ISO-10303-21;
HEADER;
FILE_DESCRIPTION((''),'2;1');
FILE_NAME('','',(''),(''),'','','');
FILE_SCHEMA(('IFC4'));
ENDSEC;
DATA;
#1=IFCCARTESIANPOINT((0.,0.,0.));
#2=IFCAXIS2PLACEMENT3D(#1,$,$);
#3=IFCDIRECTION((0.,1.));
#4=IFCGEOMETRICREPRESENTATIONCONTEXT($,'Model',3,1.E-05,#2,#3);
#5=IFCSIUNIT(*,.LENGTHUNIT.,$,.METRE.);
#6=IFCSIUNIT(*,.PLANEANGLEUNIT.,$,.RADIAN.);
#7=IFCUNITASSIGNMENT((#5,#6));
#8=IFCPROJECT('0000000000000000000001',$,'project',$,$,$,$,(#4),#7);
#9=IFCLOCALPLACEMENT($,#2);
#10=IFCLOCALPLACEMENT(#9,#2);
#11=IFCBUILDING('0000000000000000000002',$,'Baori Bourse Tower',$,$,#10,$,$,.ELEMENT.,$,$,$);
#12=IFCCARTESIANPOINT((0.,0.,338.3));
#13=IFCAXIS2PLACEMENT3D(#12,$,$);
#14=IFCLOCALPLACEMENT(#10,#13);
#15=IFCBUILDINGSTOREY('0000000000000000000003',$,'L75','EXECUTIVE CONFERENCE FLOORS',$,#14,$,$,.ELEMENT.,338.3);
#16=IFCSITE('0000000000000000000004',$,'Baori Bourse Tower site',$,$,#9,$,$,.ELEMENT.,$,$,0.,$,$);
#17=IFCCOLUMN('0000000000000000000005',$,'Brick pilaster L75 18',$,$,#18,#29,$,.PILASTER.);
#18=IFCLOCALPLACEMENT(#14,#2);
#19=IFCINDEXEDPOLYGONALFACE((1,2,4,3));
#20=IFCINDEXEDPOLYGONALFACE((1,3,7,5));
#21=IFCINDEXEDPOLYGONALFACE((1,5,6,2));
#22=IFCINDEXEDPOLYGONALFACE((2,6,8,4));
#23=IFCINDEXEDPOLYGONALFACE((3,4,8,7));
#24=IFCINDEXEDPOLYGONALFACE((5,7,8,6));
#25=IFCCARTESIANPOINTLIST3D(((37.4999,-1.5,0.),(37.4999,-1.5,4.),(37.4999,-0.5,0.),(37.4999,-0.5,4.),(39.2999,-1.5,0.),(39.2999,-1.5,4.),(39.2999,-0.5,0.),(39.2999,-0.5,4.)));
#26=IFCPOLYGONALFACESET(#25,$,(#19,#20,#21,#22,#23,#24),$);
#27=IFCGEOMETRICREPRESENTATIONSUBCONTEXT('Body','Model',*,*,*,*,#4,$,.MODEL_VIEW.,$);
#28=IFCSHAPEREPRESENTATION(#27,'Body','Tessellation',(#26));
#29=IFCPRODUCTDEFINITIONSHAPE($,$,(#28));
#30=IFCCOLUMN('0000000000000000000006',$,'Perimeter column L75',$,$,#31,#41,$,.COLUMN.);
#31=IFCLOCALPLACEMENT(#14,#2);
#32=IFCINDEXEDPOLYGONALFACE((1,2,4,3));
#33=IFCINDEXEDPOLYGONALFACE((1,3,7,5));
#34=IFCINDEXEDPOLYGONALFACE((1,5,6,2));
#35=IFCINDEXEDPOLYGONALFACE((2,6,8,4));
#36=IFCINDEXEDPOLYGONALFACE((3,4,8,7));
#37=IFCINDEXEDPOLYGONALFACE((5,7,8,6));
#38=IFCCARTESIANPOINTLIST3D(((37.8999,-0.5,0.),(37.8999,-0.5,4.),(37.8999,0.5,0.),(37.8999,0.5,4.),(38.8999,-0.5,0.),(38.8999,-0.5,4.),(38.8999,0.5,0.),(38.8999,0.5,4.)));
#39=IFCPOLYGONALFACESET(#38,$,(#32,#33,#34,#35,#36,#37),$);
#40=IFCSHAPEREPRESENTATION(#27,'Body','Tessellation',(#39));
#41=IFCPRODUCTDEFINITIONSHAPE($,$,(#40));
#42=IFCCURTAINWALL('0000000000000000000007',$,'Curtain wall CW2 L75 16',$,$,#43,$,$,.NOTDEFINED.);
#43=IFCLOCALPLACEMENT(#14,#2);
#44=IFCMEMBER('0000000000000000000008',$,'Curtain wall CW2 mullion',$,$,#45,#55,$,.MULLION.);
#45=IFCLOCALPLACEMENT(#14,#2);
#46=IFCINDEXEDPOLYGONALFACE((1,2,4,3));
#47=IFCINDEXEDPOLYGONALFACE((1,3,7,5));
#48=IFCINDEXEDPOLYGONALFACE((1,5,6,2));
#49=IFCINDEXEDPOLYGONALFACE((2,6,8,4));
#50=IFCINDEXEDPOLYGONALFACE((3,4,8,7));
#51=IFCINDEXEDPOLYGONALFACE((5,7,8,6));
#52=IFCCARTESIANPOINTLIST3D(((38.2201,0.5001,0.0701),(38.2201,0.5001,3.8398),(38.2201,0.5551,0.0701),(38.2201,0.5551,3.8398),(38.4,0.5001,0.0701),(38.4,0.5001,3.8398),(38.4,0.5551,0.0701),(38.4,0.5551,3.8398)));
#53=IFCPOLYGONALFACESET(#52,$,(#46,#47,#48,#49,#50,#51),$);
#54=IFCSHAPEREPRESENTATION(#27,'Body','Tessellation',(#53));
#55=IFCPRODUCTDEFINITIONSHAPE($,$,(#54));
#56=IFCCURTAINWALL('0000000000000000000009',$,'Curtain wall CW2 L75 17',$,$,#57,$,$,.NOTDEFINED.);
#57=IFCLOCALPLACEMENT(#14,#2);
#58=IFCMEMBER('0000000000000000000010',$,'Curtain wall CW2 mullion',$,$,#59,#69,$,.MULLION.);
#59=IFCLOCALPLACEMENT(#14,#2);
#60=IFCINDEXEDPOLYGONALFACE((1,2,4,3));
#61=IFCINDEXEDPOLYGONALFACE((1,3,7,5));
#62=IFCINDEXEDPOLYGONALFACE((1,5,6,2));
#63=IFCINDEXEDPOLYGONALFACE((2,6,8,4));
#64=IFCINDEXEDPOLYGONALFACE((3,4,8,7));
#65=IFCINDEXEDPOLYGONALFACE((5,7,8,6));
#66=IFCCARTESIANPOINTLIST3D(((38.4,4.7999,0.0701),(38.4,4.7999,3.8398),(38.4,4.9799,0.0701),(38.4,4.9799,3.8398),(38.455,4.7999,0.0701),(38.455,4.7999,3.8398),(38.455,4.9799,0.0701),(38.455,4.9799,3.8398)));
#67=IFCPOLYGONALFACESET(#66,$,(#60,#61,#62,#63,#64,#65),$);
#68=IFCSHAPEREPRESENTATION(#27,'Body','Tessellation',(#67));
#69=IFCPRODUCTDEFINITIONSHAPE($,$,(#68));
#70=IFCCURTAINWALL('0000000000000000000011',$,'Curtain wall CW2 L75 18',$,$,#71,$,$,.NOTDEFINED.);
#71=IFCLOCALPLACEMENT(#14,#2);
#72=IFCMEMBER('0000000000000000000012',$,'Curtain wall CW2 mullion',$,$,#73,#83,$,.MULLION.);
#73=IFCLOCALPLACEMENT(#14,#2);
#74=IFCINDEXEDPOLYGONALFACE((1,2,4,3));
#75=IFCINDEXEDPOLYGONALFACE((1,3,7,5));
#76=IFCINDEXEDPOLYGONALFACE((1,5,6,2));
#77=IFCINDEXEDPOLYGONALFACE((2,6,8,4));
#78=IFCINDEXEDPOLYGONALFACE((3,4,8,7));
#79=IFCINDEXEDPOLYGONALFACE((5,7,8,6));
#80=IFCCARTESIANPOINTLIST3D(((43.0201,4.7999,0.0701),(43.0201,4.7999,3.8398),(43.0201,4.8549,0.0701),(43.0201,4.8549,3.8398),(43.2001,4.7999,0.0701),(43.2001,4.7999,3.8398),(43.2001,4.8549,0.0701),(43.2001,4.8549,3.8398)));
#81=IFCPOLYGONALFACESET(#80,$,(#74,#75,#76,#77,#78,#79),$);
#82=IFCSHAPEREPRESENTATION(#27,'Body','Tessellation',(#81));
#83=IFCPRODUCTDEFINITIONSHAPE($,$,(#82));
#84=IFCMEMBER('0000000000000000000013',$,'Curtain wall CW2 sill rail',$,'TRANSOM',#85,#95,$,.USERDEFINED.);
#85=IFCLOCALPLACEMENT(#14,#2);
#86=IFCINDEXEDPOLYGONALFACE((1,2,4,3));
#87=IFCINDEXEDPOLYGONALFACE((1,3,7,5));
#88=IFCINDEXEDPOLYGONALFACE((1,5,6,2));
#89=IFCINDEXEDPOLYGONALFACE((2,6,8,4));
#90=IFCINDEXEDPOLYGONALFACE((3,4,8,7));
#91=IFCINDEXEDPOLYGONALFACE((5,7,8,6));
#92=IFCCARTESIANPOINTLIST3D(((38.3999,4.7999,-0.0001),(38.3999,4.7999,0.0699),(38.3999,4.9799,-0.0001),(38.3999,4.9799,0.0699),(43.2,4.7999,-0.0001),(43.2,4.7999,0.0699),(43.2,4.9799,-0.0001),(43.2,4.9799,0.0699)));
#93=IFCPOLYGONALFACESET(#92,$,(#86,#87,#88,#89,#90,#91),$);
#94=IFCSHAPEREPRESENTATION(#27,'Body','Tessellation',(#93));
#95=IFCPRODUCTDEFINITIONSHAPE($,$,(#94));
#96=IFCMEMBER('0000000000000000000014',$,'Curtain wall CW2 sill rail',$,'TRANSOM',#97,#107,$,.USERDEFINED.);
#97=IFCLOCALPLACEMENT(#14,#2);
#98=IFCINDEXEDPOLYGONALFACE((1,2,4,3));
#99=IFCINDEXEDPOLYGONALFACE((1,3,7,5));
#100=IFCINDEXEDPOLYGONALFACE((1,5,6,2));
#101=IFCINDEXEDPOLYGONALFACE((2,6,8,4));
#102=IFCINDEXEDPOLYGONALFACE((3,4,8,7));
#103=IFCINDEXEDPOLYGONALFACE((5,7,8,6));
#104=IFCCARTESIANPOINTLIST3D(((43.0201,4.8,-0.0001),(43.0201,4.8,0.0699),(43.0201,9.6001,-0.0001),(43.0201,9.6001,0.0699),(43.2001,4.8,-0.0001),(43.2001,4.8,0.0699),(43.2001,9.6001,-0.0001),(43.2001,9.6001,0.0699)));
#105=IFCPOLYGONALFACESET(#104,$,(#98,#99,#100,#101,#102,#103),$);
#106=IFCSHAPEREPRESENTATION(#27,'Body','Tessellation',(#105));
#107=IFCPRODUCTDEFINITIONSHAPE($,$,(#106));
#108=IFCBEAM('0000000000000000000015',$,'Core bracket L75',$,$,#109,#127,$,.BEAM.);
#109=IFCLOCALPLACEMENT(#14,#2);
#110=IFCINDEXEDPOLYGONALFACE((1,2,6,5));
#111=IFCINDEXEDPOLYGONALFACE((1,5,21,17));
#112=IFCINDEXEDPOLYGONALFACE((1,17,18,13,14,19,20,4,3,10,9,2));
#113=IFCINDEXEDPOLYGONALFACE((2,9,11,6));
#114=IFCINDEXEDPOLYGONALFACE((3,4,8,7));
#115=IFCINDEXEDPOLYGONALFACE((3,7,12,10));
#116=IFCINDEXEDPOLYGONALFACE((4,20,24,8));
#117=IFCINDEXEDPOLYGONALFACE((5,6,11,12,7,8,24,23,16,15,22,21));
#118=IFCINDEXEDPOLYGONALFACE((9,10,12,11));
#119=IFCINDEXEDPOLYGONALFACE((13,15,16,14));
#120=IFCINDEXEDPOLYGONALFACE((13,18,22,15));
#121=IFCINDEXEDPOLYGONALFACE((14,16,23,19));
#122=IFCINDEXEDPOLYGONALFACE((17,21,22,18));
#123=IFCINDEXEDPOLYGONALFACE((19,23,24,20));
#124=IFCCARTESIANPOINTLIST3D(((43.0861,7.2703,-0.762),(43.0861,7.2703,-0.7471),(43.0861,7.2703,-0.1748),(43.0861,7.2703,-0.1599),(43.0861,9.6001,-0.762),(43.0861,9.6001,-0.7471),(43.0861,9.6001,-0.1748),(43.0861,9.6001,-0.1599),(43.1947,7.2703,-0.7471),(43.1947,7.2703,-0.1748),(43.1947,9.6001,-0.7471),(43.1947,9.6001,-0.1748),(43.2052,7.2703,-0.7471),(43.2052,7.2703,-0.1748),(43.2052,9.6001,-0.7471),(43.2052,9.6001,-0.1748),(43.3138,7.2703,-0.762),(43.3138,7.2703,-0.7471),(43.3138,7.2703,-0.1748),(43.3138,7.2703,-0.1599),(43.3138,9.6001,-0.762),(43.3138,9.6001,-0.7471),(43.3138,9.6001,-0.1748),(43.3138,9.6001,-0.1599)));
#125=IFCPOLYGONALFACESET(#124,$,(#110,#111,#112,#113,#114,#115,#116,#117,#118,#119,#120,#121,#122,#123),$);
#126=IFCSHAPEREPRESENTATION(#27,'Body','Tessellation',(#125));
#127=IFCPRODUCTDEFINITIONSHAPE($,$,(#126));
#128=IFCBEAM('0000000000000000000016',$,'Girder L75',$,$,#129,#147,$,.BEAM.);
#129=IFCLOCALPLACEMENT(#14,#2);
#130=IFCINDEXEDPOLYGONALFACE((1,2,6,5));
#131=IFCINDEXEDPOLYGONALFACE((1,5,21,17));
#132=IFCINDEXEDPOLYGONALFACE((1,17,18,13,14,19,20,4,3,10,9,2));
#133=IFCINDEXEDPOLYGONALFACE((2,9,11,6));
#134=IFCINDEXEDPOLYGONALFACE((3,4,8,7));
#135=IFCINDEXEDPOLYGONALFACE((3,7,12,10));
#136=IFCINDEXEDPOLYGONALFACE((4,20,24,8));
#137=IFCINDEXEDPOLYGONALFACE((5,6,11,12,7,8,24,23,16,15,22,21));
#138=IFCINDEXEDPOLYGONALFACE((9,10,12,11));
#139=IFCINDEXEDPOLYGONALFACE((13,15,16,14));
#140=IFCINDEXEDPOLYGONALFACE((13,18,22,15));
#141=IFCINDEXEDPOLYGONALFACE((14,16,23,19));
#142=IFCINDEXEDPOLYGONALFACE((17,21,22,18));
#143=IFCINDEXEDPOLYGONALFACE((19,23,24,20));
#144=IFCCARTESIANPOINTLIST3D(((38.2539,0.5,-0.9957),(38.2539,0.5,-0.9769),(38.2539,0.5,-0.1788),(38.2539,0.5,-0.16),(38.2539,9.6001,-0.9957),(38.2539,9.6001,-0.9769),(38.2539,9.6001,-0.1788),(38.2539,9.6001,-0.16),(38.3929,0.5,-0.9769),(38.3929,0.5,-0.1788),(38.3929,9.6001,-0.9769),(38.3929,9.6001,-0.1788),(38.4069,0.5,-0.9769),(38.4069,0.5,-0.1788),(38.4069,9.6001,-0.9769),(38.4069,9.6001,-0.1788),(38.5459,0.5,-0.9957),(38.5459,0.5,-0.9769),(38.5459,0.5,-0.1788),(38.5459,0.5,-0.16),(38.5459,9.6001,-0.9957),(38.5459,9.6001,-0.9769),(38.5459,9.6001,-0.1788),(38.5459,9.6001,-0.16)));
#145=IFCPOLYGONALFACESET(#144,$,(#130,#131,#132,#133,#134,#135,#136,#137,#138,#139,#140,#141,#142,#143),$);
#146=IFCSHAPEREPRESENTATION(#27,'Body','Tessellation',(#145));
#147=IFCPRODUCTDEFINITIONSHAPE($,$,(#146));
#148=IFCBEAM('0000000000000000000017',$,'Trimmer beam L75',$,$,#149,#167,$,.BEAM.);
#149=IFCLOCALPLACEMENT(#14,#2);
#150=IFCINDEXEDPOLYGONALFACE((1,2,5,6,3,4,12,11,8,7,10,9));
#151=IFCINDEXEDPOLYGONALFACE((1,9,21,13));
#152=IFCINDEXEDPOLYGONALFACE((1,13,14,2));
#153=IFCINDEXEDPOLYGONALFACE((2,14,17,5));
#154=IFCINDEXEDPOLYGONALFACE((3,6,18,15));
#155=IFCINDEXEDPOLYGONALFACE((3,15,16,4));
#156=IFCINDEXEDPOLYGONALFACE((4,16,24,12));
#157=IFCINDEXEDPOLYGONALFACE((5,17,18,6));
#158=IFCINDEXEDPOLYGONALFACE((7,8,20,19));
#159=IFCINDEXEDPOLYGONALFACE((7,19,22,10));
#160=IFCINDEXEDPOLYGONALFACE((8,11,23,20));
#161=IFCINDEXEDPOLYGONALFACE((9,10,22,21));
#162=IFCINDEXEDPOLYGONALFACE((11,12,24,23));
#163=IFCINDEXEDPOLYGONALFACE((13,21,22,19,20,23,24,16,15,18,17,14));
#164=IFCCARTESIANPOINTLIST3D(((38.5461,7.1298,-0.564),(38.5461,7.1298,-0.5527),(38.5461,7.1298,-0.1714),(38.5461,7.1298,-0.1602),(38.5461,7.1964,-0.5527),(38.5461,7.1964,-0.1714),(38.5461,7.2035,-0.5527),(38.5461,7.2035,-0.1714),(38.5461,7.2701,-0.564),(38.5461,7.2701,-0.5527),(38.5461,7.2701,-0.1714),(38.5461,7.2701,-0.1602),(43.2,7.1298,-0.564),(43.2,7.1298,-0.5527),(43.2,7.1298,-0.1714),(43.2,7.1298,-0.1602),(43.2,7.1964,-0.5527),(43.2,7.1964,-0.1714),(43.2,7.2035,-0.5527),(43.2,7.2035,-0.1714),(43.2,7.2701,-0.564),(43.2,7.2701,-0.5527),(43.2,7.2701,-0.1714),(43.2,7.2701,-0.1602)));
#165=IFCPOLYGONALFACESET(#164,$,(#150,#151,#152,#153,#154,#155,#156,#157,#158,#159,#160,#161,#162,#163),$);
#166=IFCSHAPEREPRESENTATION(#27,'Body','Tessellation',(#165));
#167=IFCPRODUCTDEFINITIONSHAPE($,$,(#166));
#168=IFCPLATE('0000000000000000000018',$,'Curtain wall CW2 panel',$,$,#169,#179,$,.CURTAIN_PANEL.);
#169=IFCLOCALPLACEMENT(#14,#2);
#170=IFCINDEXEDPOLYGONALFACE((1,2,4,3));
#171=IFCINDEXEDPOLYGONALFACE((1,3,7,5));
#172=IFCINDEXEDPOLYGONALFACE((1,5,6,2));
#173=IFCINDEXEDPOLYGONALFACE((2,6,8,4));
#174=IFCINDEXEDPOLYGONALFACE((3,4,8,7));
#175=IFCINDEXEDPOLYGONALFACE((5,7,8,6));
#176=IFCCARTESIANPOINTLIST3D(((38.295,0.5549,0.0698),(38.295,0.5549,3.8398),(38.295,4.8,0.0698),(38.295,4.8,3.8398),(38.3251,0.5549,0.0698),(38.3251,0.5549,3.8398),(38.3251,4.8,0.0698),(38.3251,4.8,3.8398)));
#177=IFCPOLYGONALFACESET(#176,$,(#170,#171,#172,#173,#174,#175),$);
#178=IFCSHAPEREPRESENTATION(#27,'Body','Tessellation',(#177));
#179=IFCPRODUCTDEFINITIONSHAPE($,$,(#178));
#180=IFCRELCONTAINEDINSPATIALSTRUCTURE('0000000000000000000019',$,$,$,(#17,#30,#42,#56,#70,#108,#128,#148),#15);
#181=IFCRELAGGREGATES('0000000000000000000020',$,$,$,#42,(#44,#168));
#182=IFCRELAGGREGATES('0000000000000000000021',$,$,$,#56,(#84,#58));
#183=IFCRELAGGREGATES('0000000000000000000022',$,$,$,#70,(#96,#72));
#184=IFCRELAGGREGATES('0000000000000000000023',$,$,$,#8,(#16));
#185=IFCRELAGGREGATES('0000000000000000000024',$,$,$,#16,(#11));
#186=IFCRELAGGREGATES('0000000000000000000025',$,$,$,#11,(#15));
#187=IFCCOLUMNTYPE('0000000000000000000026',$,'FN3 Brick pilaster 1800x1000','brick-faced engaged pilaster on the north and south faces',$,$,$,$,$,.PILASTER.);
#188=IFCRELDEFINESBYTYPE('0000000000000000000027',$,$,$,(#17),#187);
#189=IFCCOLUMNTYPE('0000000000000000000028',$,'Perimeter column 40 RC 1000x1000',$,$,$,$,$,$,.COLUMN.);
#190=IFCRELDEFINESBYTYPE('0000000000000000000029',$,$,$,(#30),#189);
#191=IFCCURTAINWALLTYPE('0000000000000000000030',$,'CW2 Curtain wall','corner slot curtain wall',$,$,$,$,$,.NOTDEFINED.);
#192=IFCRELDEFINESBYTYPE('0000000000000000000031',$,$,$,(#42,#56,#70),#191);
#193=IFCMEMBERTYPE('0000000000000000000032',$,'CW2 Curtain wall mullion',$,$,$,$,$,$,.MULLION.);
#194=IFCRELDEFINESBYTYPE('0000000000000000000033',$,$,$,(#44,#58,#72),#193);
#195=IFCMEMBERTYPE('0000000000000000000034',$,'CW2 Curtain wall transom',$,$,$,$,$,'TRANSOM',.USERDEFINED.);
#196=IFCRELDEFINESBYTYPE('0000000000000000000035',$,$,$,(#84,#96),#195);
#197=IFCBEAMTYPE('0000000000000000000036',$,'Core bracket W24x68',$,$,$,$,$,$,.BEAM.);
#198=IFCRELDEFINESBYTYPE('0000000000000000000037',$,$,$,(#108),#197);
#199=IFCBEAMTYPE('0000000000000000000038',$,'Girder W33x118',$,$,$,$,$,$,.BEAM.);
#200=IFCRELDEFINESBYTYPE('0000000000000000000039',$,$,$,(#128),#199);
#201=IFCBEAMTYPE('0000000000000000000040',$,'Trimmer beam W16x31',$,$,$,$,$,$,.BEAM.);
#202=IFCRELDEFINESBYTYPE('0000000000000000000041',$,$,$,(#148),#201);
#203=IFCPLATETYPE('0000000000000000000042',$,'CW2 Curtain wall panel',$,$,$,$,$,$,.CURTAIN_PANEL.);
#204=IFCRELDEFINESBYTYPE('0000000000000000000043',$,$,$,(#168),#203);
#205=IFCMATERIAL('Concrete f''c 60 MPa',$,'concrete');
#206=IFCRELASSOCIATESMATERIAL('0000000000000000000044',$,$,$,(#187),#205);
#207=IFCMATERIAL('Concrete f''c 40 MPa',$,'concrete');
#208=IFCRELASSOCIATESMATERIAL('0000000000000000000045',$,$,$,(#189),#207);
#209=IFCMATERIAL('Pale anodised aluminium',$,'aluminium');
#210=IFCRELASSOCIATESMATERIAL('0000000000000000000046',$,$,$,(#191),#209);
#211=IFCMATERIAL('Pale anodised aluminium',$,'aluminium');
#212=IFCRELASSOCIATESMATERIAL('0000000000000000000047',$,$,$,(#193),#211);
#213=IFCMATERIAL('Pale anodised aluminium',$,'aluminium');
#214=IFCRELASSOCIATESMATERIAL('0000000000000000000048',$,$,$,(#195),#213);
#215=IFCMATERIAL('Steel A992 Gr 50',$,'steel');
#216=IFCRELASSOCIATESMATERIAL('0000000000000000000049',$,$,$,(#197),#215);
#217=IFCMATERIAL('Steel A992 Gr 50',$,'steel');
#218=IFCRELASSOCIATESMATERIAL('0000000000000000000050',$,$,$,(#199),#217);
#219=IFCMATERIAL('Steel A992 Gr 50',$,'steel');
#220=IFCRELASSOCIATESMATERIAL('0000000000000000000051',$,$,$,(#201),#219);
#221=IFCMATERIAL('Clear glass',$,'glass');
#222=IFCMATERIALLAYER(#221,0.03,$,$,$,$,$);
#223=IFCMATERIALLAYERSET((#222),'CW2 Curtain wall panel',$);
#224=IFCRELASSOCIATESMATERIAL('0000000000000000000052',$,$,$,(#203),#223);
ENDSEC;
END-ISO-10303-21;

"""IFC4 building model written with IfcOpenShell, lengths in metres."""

from ifc_helpers import new_model, si_unit, direction, frame, origin, origin_2d, place, context, subcontext, project, spatial, rectangle, i_section, extrude, material, layer, layer_set, material_profile, profile_set, type_object, element, aggregate, save


model = new_model("IFC4")

# Units and contexts
model_context = context("Model", 3, precision=1e-05, world=origin(), true_north=direction((0.0, 1.0)))
body_context = subcontext(model_context, "Body", "Model", "MODEL_VIEW")
ifc_project = project(units=[si_unit("LENGTHUNIT", "METRE"), si_unit("PLANEANGLEUNIT", "RADIAN")], contexts=[model_context])

# Site, building, storey
site_placement = place(None, origin())
site = spatial("IfcSite", under=ifc_project, at=site_placement, Name="Baori Bourse Tower site", CompositionType="ELEMENT", RefElevation=0.0)
building_placement = place(site_placement, origin())
building = spatial("IfcBuilding", under=site, at=building_placement, Name="Baori Bourse Tower", CompositionType="ELEMENT")
storey_placement = place(building_placement, frame((0.0, 0.0, 338.3)))
storey = spatial("IfcBuildingStorey", under=building, at=storey_placement, Name="L75", Description="EXECUTIVE CONFERENCE FLOORS", CompositionType="ELEMENT", Elevation=338.3)

# Columns
ifc_material_1 = material(Name="Concrete f'c 60 MPa", Category="concrete")
ifc_material_profile_1 = material_profile(ifc_material_1, rectangle(XDim=1.8, YDim=1.0, at=origin_2d()), Name="RC 1800x1000")
ifc_profile_set_1 = profile_set([ifc_material_profile_1], Name="Concrete f'c 60 MPa")
column_type_1 = type_object("IfcColumnType", Name="FN3 Brick pilaster 1800x1000", Description="brick-faced engaged pilaster on the north and south faces", PredefinedType="PILASTER", material=ifc_profile_set_1)
column_1_placement = place(storey_placement, frame((38.3999, -1.0, 0.0), z_axis=(0.0, 0.0, 1.0), x_axis=(1.0, 0.0, 0.0)))
element("IfcColumn", 1, at=column_1_placement, inside=storey, type_object=column_type_1, Name="Brick pilaster L75 18", PredefinedType="PILASTER", context=body_context, shape_type="SweptSolid", body=[
    extrude(rectangle(XDim=1.8, YDim=1.0, at=origin_2d()), origin(), (0.0, 0.0, 1.0), 4.0),
])
ifc_material_2 = material(Name="Concrete f'c 40 MPa", Category="concrete")
ifc_material_profile_2 = material_profile(ifc_material_2, rectangle(XDim=1.0, YDim=1.0, at=origin_2d()), Name="RC 1000x1000")
ifc_profile_set_2 = profile_set([ifc_material_profile_2], Name="Concrete f'c 40 MPa")
column_type_2 = type_object("IfcColumnType", Name="Perimeter column 40 RC 1000x1000", PredefinedType="COLUMN", material=ifc_profile_set_2)
column_2_placement = place(storey_placement, frame((38.3999, 0.0, 0.0), z_axis=(0.0, 0.0, 1.0), x_axis=(1.0, 0.0, 0.0)))
element("IfcColumn", 2, at=column_2_placement, inside=storey, type_object=column_type_2, Name="Perimeter column L75", PredefinedType="COLUMN", context=body_context, shape_type="SweptSolid", body=[
    extrude(rectangle(XDim=1.0, YDim=1.0, at=origin_2d()), origin(), (0.0, 0.0, 1.0), 4.0),
])

# Curtain walls, members
ifc_material_3 = material(Name="Pale anodised aluminium", Category="aluminium")
curtain_wall_type = type_object("IfcCurtainWallType", Name="CW2 Curtain wall", Description="corner slot curtain wall", PredefinedType="NOTDEFINED", material=ifc_material_3)
curtain_wall_1_placement = place(storey_placement, origin())
curtain_wall_1 = element("IfcCurtainWall", 3, at=curtain_wall_1_placement, inside=storey, type_object=curtain_wall_type, Name="Curtain wall CW2 L75 16", PredefinedType="NOTDEFINED")
ifc_material_4 = material(Name="Pale anodised aluminium", Category="aluminium")
ifc_material_profile_3 = material_profile(ifc_material_4, rectangle(XDim=0.1799, YDim=0.0549, at=origin_2d()), Name="Mullion 55x180")
ifc_profile_set_3 = profile_set([ifc_material_profile_3], Name="Pale anodised aluminium")
member_type_1 = type_object("IfcMemberType", Name="CW2 Curtain wall mullion", PredefinedType="MULLION", material=ifc_profile_set_3)
member_1_placement = place(storey_placement, frame((38.3101, 0.5276, 0.0701), z_axis=(0.0, 0.0, 1.0), x_axis=(-1.0, 0.0, 0.0)))
member_1 = element("IfcMember", 4, at=member_1_placement, type_object=member_type_1, Name="Curtain wall CW2 mullion", PredefinedType="MULLION", context=body_context, shape_type="SweptSolid", body=[
    extrude(rectangle(XDim=0.1799, YDim=0.0549, at=origin_2d()), origin(), (0.0, 0.0, 1.0), 3.7698),
])
curtain_wall_2_placement = place(storey_placement, origin())
curtain_wall_2 = element("IfcCurtainWall", 5, at=curtain_wall_2_placement, inside=storey, type_object=curtain_wall_type, Name="Curtain wall CW2 L75 17", PredefinedType="NOTDEFINED")
member_2_placement = place(storey_placement, frame((38.4275, 4.8899, 0.0701), z_axis=(0.0, 0.0, 1.0), x_axis=(0.0, 1.0, 0.0)))
member_2 = element("IfcMember", 6, at=member_2_placement, type_object=member_type_1, Name="Curtain wall CW2 mullion", PredefinedType="MULLION", context=body_context, shape_type="SweptSolid", body=[
    extrude(rectangle(XDim=0.1799, YDim=0.0549, at=origin_2d()), origin(), (0.0, 0.0, 1.0), 3.7698),
])
curtain_wall_3_placement = place(storey_placement, origin())
curtain_wall_3 = element("IfcCurtainWall", 7, at=curtain_wall_3_placement, inside=storey, type_object=curtain_wall_type, Name="Curtain wall CW2 L75 18", PredefinedType="NOTDEFINED")
member_3_placement = place(storey_placement, frame((43.1101, 4.8274, 0.0701), z_axis=(0.0, 0.0, 1.0), x_axis=(-1.0, 0.0, 0.0)))
member_3 = element("IfcMember", 8, at=member_3_placement, type_object=member_type_1, Name="Curtain wall CW2 mullion", PredefinedType="MULLION", context=body_context, shape_type="SweptSolid", body=[
    extrude(rectangle(XDim=0.1799, YDim=0.0549, at=origin_2d()), origin(), (0.0, 0.0, 1.0), 3.7698),
])

# Members
ifc_material_5 = material(Name="Pale anodised aluminium", Category="aluminium")
ifc_material_profile_4 = material_profile(ifc_material_5, rectangle(XDim=0.1799, YDim=0.0701, at=origin_2d()), Name="Transom 70x180")
ifc_profile_set_4 = profile_set([ifc_material_profile_4], Name="Pale anodised aluminium")
member_type_2 = type_object("IfcMemberType", Name="CW2 Curtain wall transom", ElementType="TRANSOM", PredefinedType="USERDEFINED", material=ifc_profile_set_4)
member_4_placement = place(storey_placement, frame((38.3999, 4.8899, 0.0349), z_axis=(1.0, 0.0, 0.0), x_axis=(0.0, 1.0, 0.0)))
member_4 = element("IfcMember", 9, at=member_4_placement, type_object=member_type_2, Name="Curtain wall CW2 sill rail", ObjectType="TRANSOM", PredefinedType="USERDEFINED", context=body_context, shape_type="SweptSolid", body=[
    extrude(rectangle(XDim=0.1799, YDim=0.0701, at=origin_2d()), origin(), (0.0, 0.0, 1.0), 4.8),
])
member_5_placement = place(storey_placement, frame((43.1101, 4.8, 0.0349), z_axis=(0.0, 1.0, 0.0), x_axis=(-1.0, 0.0, 0.0)))
member_5 = element("IfcMember", 10, at=member_5_placement, type_object=member_type_2, Name="Curtain wall CW2 sill rail", ObjectType="TRANSOM", PredefinedType="USERDEFINED", context=body_context, shape_type="SweptSolid", body=[
    extrude(rectangle(XDim=0.1799, YDim=0.0701, at=origin_2d()), origin(), (0.0, 0.0, 1.0), 4.8),
])

# Beams
ifc_material_6 = material(Name="Steel A992 Gr 50", Category="steel")
ifc_material_profile_5 = material_profile(ifc_material_6, i_section(OverallWidth=0.2278, OverallDepth=0.6021, WebThickness=0.0105, FlangeThickness=0.0149, at=origin_2d()), Name="W24x68")
ifc_profile_set_5 = profile_set([ifc_material_profile_5], Name="Steel A992 Gr 50")
beam_type_1 = type_object("IfcBeamType", Name="Core bracket W24x68", PredefinedType="BEAM", material=ifc_profile_set_5)
beam_1_placement = place(storey_placement, frame((43.2, 7.2703, -0.4609), z_axis=(0.0, 1.0, 0.0), x_axis=(-1.0, 0.0, 0.0)))
element("IfcBeam", 11, at=beam_1_placement, inside=storey, type_object=beam_type_1, Name="Core bracket L75", PredefinedType="BEAM", context=body_context, shape_type="SweptSolid", body=[
    extrude(i_section(OverallWidth=0.2278, OverallDepth=0.6021, WebThickness=0.0105, FlangeThickness=0.0149, at=origin_2d()), origin(), (0.0, 0.0, 1.0), 2.3298),
])
ifc_material_7 = material(Name="Steel A992 Gr 50", Category="steel")
ifc_material_profile_6 = material_profile(ifc_material_7, i_section(OverallWidth=0.292, OverallDepth=0.8357, WebThickness=0.0139, FlangeThickness=0.0188, at=origin_2d()), Name="W33x118")
ifc_profile_set_6 = profile_set([ifc_material_profile_6], Name="Steel A992 Gr 50")
beam_type_2 = type_object("IfcBeamType", Name="Girder W33x118", PredefinedType="BEAM", material=ifc_profile_set_6)
beam_2_placement = place(storey_placement, frame((38.3999, 0.5, -0.5779), z_axis=(0.0, 1.0, 0.0), x_axis=(-1.0, 0.0, 0.0)))
element("IfcBeam", 12, at=beam_2_placement, inside=storey, type_object=beam_type_2, Name="Girder L75", PredefinedType="BEAM", context=body_context, shape_type="SweptSolid", body=[
    extrude(i_section(OverallWidth=0.292, OverallDepth=0.8357, WebThickness=0.0139, FlangeThickness=0.0188, at=origin_2d()), origin(), (0.0, 0.0, 1.0), 9.1001),
])
ifc_material_8 = material(Name="Steel A992 Gr 50", Category="steel")
ifc_material_profile_7 = material_profile(ifc_material_8, i_section(OverallWidth=0.1404, OverallDepth=0.4038, WebThickness=0.0071, FlangeThickness=0.0112, at=origin_2d()), Name="W16x31")
ifc_profile_set_7 = profile_set([ifc_material_profile_7], Name="Steel A992 Gr 50")
beam_type_3 = type_object("IfcBeamType", Name="Trimmer beam W16x31", PredefinedType="BEAM", material=ifc_profile_set_7)
beam_3_placement = place(storey_placement, frame((38.5461, 7.2, -0.3621), z_axis=(1.0, 0.0, 0.0), x_axis=(0.0, 1.0, 0.0)))
element("IfcBeam", 13, at=beam_3_placement, inside=storey, type_object=beam_type_3, Name="Trimmer beam L75", PredefinedType="BEAM", context=body_context, shape_type="SweptSolid", body=[
    extrude(i_section(OverallWidth=0.1404, OverallDepth=0.4038, WebThickness=0.0071, FlangeThickness=0.0112, at=origin_2d()), origin(), (0.0, 0.0, 1.0), 4.6538),
])

# Plate
ifc_material_9 = material(Name="Clear glass", Category="glass")
ifc_layer_1 = layer(ifc_material_9, 0.03)
ifc_layer_set_1 = layer_set([ifc_layer_1], Name="CW2 Curtain wall panel")
plate_type = type_object("IfcPlateType", Name="CW2 Curtain wall panel", PredefinedType="CURTAIN_PANEL", material=ifc_layer_set_1)
plate_1_placement = place(storey_placement, frame((38.3101, 2.6775, 0.0698), z_axis=(0.0, 0.0, 1.0), x_axis=(0.0, 1.0, 0.0)))
plate_1 = element("IfcPlate", 14, at=plate_1_placement, type_object=plate_type, Name="Curtain wall CW2 panel", PredefinedType="CURTAIN_PANEL", context=body_context, shape_type="SweptSolid", body=[
    extrude(rectangle(XDim=4.2451, YDim=0.03, at=origin_2d()), origin(), (0.0, 0.0, 1.0), 3.77),
])
aggregate(curtain_wall_1, [member_1, plate_1])
aggregate(curtain_wall_2, [member_4, member_2])
aggregate(curtain_wall_3, [member_5, member_3])

save(model, "model.ifc")
